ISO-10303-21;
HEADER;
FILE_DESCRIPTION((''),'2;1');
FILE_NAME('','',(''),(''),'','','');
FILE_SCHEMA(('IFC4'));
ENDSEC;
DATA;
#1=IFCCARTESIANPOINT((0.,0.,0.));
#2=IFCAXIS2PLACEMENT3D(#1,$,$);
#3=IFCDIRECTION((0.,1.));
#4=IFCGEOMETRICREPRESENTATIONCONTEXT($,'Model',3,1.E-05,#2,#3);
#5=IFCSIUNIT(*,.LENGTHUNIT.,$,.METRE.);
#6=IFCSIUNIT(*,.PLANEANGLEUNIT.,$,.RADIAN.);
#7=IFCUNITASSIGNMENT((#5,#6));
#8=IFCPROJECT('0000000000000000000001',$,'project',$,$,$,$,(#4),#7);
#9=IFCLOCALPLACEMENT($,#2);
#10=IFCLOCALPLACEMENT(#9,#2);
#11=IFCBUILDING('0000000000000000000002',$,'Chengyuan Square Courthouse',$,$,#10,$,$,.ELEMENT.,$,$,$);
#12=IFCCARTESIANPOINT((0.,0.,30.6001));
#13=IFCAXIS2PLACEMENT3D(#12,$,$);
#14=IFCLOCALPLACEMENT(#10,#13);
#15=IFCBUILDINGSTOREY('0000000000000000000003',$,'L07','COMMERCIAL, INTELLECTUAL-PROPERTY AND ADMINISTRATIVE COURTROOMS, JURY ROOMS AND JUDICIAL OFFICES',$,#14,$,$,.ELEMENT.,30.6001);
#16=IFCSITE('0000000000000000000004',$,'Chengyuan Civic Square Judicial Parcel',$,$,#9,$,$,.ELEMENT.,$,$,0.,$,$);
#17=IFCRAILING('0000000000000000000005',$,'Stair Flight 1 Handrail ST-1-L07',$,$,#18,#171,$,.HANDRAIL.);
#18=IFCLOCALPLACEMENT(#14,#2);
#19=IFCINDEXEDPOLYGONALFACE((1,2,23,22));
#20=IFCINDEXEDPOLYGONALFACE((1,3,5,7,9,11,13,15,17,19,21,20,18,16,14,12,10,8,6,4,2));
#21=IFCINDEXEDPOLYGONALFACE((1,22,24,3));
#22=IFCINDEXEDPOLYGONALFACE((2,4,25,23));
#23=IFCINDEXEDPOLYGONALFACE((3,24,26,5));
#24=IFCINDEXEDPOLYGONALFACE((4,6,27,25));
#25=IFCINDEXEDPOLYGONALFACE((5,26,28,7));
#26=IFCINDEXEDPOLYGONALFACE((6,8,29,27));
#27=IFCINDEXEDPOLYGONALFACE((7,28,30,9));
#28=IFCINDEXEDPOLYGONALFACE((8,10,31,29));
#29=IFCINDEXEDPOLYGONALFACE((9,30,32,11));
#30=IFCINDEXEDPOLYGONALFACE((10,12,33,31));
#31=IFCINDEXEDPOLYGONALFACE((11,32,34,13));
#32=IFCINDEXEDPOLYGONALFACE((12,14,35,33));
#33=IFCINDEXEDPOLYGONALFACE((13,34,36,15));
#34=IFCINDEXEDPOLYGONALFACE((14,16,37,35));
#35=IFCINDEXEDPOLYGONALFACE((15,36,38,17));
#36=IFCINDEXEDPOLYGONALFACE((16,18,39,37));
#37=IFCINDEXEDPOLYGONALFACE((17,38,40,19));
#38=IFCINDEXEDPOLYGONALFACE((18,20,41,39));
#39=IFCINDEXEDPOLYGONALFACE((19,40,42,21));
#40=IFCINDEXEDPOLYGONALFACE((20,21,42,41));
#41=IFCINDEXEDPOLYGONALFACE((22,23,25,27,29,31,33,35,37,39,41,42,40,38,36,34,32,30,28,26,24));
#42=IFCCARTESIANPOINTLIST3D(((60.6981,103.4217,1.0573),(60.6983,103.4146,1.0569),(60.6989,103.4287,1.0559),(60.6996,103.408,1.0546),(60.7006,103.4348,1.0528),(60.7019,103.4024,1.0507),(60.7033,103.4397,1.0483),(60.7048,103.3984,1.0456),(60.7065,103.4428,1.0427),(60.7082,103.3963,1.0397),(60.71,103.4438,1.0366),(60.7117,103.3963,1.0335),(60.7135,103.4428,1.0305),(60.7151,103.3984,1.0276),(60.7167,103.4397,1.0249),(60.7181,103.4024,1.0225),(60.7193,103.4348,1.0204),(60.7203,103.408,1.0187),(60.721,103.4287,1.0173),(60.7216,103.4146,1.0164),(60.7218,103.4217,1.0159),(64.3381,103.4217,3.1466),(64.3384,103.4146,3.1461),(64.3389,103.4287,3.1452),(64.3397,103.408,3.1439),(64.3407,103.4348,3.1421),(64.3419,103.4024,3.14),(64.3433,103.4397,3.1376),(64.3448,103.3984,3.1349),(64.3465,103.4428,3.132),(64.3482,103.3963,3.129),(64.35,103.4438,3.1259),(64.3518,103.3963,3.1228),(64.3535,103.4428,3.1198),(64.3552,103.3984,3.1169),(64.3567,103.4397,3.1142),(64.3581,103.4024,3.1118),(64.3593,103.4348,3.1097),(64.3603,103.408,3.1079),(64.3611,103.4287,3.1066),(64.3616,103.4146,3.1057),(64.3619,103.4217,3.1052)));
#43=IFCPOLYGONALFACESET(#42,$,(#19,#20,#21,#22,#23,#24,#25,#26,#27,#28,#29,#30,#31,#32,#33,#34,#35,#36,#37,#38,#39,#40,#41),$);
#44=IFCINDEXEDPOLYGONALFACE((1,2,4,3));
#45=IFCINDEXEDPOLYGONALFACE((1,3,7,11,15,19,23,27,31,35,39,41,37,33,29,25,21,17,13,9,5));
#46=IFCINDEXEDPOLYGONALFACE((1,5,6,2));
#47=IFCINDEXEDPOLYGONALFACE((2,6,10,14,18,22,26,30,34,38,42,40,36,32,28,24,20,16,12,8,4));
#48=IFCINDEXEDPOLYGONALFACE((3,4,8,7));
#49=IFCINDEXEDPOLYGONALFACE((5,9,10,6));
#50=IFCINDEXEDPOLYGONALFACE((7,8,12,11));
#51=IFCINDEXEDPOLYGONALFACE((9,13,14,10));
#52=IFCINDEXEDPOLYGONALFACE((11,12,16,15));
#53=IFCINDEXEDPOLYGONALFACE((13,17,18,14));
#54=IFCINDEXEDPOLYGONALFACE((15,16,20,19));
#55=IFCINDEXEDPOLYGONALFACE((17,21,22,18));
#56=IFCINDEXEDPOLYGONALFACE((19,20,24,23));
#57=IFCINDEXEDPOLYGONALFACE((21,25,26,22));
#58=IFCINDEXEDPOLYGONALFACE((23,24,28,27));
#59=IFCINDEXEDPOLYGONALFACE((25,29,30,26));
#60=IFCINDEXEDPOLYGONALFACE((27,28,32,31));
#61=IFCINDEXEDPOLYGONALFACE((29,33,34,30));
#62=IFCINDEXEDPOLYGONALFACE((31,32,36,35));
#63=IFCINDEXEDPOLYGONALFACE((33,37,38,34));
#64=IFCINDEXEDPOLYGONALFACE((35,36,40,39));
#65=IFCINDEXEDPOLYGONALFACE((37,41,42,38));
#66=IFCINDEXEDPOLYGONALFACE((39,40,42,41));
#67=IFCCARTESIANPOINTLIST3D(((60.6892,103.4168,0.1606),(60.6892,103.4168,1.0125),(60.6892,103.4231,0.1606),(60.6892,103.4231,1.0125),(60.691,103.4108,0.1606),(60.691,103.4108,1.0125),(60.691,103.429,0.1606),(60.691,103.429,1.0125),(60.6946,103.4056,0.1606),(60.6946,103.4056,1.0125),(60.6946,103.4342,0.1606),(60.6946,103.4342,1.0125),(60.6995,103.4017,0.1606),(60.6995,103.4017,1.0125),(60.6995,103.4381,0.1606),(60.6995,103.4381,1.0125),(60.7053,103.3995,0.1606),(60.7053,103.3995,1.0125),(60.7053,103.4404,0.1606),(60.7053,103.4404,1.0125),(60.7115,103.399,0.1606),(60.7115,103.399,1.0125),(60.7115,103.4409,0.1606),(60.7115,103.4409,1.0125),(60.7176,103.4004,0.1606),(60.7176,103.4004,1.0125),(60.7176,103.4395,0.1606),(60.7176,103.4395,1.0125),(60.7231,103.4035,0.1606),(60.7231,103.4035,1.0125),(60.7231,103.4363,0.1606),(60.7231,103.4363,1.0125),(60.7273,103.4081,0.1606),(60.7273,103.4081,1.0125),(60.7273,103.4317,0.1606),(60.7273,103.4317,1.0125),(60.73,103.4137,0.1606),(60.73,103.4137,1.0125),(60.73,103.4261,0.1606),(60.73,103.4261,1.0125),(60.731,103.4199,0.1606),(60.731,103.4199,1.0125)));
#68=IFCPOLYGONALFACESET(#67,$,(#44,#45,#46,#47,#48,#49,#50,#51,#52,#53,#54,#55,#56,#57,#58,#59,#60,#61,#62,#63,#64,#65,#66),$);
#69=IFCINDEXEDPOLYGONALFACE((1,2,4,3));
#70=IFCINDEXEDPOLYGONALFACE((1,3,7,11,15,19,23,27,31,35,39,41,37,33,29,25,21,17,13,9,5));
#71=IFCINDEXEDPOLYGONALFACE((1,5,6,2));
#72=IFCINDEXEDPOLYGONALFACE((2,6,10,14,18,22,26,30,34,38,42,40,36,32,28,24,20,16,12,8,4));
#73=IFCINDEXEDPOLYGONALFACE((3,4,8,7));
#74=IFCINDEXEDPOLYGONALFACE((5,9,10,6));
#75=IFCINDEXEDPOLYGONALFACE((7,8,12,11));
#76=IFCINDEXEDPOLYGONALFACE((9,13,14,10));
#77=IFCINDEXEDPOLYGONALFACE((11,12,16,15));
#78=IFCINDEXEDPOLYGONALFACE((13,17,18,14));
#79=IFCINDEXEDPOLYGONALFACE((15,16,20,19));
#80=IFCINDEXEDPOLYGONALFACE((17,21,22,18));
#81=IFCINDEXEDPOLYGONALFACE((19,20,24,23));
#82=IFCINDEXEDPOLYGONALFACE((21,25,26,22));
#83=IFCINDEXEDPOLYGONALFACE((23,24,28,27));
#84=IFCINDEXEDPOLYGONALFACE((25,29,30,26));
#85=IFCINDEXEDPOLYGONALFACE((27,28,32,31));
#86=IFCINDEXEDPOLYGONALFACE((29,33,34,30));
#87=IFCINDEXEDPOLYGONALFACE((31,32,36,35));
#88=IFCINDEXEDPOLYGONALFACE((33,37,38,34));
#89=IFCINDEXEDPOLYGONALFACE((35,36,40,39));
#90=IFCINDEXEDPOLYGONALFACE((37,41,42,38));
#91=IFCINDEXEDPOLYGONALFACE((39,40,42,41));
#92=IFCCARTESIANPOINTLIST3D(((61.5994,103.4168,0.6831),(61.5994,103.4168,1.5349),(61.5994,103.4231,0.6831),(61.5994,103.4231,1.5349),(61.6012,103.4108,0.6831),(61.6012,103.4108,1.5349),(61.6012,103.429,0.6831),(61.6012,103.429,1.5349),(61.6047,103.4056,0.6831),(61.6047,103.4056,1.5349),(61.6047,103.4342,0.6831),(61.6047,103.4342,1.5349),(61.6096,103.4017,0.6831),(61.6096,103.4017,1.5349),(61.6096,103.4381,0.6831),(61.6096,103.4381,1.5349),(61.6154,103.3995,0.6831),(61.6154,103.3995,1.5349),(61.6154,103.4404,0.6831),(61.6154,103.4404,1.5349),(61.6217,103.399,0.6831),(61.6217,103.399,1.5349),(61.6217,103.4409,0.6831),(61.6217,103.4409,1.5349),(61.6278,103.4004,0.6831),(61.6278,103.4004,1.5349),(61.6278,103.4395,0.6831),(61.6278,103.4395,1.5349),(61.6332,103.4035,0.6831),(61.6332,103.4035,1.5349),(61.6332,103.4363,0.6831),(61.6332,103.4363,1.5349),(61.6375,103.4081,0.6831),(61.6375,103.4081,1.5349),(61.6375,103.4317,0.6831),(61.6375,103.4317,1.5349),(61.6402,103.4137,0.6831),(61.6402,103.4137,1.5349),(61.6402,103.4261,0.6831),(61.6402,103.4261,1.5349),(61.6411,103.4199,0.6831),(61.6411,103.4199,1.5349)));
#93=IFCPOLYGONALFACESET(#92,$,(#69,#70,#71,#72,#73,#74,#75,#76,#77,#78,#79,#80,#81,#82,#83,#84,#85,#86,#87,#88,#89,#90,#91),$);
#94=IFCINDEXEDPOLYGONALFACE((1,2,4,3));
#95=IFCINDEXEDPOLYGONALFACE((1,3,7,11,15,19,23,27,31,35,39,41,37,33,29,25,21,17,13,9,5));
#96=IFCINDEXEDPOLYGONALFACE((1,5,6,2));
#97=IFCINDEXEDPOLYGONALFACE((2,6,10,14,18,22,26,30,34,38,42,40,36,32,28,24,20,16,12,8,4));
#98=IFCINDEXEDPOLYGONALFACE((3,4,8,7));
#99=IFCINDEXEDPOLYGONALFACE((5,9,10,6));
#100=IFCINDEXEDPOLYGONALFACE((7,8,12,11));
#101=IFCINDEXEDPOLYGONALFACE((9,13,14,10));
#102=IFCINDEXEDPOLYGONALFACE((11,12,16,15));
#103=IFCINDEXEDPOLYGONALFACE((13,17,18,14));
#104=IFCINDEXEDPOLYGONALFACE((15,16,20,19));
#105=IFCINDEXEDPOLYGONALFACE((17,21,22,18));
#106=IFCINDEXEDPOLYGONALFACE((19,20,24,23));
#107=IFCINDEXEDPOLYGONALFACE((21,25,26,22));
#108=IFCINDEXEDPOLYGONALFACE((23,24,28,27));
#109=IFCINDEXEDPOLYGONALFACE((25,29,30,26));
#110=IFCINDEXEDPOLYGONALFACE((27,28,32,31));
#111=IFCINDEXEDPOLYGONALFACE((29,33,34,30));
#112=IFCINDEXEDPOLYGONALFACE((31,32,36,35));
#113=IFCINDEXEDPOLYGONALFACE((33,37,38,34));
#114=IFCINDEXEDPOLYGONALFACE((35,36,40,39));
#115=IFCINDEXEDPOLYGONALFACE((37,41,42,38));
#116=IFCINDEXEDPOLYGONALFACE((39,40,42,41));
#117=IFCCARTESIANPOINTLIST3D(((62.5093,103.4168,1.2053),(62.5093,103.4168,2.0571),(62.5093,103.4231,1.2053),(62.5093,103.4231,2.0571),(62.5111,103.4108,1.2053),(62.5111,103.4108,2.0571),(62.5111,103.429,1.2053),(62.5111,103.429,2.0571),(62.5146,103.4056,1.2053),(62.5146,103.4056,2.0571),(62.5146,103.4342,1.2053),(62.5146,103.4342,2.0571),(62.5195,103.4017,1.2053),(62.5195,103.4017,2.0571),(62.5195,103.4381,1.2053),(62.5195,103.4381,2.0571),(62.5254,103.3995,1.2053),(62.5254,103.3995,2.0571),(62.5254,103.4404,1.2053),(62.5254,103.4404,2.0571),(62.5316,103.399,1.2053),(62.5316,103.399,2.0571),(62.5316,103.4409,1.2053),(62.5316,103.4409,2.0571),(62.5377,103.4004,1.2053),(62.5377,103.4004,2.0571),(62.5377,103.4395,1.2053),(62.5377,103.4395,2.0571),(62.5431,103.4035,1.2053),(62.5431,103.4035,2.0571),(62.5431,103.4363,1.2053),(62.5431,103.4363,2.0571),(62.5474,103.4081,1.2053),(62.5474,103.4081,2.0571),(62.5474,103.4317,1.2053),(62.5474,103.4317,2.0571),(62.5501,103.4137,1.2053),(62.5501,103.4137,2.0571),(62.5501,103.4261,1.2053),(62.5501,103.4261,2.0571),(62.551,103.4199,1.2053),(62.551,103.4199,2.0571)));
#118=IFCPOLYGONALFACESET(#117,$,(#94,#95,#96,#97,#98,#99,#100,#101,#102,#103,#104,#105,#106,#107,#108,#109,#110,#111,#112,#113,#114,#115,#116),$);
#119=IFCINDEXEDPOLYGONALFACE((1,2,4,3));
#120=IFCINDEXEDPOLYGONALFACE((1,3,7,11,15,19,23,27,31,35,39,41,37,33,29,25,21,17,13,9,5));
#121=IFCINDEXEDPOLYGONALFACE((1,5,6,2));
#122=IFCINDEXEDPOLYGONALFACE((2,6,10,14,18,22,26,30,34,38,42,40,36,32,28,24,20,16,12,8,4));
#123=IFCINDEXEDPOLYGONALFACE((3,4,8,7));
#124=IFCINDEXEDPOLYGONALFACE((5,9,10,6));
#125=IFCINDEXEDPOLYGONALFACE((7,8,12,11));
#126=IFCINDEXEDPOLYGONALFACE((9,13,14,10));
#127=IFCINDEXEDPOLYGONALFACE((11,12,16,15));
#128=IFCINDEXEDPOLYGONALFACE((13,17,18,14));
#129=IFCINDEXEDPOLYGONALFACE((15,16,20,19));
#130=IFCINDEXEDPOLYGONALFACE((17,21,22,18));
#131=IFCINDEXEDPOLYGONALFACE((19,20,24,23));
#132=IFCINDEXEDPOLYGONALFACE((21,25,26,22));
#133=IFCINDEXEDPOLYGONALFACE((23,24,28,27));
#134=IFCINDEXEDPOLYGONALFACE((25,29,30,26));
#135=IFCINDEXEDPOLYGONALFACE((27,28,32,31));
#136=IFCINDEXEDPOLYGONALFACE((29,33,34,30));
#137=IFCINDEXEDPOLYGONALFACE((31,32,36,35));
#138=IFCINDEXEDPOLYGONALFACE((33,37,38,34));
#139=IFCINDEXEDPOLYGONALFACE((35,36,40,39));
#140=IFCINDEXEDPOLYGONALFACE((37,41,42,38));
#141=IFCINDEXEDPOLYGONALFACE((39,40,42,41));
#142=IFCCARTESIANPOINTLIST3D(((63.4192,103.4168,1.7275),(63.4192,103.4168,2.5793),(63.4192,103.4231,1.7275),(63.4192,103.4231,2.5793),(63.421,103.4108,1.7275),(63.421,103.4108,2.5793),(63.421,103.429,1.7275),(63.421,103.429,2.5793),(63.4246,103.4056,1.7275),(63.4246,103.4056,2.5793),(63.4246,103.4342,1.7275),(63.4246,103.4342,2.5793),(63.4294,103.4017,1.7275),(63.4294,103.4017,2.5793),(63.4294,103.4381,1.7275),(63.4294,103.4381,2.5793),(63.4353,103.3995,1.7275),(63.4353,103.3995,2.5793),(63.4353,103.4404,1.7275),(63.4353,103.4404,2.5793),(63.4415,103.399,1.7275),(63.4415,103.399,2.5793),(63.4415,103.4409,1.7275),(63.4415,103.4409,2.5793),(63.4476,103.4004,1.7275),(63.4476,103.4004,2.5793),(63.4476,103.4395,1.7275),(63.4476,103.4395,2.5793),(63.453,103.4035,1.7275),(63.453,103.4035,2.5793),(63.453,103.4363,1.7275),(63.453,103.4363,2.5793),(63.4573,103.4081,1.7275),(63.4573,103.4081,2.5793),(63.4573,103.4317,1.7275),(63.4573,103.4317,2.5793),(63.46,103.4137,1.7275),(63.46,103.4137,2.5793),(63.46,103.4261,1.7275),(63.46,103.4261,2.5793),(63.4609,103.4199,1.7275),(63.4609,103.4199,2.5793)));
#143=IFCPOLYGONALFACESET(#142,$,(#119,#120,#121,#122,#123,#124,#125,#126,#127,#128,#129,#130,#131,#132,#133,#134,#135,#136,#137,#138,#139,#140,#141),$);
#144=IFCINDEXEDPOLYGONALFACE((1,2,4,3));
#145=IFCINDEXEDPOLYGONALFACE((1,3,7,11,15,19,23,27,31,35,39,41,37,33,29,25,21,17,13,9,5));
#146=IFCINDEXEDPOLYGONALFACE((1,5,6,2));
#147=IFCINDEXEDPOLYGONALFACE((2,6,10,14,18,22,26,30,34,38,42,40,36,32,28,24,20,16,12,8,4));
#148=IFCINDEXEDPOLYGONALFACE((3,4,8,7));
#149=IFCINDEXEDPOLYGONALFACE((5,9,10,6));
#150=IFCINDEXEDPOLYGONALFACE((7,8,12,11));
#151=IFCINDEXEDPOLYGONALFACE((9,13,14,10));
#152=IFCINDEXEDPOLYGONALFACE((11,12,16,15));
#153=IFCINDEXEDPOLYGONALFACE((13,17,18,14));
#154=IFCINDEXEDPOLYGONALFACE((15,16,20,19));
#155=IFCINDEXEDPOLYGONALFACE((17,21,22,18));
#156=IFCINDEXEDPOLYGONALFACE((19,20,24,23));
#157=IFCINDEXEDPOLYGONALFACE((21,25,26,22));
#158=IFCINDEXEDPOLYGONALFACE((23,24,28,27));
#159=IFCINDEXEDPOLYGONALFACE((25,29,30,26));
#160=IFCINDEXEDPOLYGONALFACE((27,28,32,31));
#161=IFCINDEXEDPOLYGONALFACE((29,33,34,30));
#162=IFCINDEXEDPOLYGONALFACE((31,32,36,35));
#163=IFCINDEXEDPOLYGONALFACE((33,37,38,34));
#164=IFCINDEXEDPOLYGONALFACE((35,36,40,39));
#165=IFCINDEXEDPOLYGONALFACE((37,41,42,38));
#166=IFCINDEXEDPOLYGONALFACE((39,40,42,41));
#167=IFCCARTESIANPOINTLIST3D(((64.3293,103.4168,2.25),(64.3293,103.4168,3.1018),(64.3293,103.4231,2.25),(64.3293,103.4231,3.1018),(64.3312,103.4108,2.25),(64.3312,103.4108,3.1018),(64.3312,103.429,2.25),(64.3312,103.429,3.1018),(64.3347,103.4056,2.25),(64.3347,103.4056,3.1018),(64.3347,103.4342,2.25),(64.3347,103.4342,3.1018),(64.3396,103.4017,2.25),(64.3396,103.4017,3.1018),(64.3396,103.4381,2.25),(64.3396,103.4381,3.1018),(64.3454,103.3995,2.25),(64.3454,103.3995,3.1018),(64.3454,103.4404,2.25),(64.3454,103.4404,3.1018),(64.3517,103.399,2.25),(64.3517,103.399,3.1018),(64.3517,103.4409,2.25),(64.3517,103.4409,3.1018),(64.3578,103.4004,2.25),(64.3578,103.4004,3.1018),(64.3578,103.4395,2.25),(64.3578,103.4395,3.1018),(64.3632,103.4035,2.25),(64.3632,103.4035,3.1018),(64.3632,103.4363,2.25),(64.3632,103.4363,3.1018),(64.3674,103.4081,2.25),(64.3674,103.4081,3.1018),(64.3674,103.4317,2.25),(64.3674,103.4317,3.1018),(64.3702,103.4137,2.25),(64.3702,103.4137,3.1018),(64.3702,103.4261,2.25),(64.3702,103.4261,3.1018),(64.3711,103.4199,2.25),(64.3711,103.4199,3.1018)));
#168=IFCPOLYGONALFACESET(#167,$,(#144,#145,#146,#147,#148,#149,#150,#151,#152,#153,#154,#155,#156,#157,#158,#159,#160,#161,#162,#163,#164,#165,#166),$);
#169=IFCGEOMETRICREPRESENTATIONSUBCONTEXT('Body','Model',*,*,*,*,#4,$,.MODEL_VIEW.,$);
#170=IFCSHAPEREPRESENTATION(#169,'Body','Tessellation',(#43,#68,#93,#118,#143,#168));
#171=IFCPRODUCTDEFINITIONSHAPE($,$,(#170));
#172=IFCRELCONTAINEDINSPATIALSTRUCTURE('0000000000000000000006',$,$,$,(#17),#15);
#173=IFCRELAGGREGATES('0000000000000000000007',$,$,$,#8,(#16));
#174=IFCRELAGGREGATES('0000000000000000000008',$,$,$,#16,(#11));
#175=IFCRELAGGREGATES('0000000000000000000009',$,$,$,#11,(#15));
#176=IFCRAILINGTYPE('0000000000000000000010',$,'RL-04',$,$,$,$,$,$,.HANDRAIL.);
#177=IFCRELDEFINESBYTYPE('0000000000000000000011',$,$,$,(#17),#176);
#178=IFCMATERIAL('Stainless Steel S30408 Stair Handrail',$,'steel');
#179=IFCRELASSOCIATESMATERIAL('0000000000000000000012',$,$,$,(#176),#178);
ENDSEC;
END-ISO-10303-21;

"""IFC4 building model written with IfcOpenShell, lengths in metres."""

from ifc_helpers import new_model, si_unit, direction, frame, origin, origin_2d, place, context, subcontext, project, spatial, circle, extrude, material, type_object, element, save


model = new_model("IFC4")

# Units and contexts
model_context = context("Model", 3, precision=1e-05, world=origin(), true_north=direction((0.0, 1.0)))
body_context = subcontext(model_context, "Body", "Model", "MODEL_VIEW")
ifc_project = project(units=[si_unit("LENGTHUNIT", "METRE"), si_unit("PLANEANGLEUNIT", "RADIAN")], contexts=[model_context])

# Site, building, storey
site_placement = place(None, origin())
site = spatial("IfcSite", under=ifc_project, at=site_placement, Name="Chengyuan Civic Square Judicial Parcel", CompositionType="ELEMENT", RefElevation=0.0)
building_placement = place(site_placement, origin())
building = spatial("IfcBuilding", under=site, at=building_placement, Name="Chengyuan Square Courthouse", CompositionType="ELEMENT")
storey_placement = place(building_placement, frame((0.0, 0.0, 30.6001)))
storey = spatial("IfcBuildingStorey", under=building, at=storey_placement, Name="L07", Description="COMMERCIAL, INTELLECTUAL-PROPERTY AND ADMINISTRATIVE COURTROOMS, JURY ROOMS AND JUDICIAL OFFICES", CompositionType="ELEMENT", Elevation=30.6001)

# Railing
ifc_material_1 = material(Name="Stainless Steel S30408 Stair Handrail", Category="steel")
railing_type_1 = type_object("IfcRailingType", Name="RL-04", PredefinedType="HANDRAIL", material=ifc_material_1)
railing_1_placement = place(storey_placement, frame((60.71, 103.4199, 0.1606)))
element("IfcRailing", 1, at=railing_1_placement, inside=storey, type_object=railing_type_1, Name="Stair Flight 1 Handrail ST-1-L07", PredefinedType="HANDRAIL", context=body_context, shape_type="SweptSolid", body=[
    extrude(circle(Radius=0.0239, at=origin_2d()), frame((0.0, 0.0, 0.876), z_axis=(0.867289, 0.0, 0.497804), x_axis=(0.0, 1.0, 0.0)), (0.0, 0.0, 1.0), 4.197),
    extrude(circle(Radius=0.021, at=origin_2d()), origin(), (0.0, 0.0, 1.0), 0.8518),
    extrude(circle(Radius=0.021, at=origin_2d()), frame((0.9102, 0.0, 0.5225)), (0.0, 0.0, 1.0), 0.8518),
    extrude(circle(Radius=0.021, at=origin_2d()), frame((1.8201, 0.0, 1.0447)), (0.0, 0.0, 1.0), 0.8518),
    extrude(circle(Radius=0.021, at=origin_2d()), frame((2.73, 0.0, 1.5669)), (0.0, 0.0, 1.0), 0.8518),
    extrude(circle(Radius=0.021, at=origin_2d()), frame((3.6401, 0.0, 2.0894)), (0.0, 0.0, 1.0), 0.8518),
])

save(model, "model.ifc")
